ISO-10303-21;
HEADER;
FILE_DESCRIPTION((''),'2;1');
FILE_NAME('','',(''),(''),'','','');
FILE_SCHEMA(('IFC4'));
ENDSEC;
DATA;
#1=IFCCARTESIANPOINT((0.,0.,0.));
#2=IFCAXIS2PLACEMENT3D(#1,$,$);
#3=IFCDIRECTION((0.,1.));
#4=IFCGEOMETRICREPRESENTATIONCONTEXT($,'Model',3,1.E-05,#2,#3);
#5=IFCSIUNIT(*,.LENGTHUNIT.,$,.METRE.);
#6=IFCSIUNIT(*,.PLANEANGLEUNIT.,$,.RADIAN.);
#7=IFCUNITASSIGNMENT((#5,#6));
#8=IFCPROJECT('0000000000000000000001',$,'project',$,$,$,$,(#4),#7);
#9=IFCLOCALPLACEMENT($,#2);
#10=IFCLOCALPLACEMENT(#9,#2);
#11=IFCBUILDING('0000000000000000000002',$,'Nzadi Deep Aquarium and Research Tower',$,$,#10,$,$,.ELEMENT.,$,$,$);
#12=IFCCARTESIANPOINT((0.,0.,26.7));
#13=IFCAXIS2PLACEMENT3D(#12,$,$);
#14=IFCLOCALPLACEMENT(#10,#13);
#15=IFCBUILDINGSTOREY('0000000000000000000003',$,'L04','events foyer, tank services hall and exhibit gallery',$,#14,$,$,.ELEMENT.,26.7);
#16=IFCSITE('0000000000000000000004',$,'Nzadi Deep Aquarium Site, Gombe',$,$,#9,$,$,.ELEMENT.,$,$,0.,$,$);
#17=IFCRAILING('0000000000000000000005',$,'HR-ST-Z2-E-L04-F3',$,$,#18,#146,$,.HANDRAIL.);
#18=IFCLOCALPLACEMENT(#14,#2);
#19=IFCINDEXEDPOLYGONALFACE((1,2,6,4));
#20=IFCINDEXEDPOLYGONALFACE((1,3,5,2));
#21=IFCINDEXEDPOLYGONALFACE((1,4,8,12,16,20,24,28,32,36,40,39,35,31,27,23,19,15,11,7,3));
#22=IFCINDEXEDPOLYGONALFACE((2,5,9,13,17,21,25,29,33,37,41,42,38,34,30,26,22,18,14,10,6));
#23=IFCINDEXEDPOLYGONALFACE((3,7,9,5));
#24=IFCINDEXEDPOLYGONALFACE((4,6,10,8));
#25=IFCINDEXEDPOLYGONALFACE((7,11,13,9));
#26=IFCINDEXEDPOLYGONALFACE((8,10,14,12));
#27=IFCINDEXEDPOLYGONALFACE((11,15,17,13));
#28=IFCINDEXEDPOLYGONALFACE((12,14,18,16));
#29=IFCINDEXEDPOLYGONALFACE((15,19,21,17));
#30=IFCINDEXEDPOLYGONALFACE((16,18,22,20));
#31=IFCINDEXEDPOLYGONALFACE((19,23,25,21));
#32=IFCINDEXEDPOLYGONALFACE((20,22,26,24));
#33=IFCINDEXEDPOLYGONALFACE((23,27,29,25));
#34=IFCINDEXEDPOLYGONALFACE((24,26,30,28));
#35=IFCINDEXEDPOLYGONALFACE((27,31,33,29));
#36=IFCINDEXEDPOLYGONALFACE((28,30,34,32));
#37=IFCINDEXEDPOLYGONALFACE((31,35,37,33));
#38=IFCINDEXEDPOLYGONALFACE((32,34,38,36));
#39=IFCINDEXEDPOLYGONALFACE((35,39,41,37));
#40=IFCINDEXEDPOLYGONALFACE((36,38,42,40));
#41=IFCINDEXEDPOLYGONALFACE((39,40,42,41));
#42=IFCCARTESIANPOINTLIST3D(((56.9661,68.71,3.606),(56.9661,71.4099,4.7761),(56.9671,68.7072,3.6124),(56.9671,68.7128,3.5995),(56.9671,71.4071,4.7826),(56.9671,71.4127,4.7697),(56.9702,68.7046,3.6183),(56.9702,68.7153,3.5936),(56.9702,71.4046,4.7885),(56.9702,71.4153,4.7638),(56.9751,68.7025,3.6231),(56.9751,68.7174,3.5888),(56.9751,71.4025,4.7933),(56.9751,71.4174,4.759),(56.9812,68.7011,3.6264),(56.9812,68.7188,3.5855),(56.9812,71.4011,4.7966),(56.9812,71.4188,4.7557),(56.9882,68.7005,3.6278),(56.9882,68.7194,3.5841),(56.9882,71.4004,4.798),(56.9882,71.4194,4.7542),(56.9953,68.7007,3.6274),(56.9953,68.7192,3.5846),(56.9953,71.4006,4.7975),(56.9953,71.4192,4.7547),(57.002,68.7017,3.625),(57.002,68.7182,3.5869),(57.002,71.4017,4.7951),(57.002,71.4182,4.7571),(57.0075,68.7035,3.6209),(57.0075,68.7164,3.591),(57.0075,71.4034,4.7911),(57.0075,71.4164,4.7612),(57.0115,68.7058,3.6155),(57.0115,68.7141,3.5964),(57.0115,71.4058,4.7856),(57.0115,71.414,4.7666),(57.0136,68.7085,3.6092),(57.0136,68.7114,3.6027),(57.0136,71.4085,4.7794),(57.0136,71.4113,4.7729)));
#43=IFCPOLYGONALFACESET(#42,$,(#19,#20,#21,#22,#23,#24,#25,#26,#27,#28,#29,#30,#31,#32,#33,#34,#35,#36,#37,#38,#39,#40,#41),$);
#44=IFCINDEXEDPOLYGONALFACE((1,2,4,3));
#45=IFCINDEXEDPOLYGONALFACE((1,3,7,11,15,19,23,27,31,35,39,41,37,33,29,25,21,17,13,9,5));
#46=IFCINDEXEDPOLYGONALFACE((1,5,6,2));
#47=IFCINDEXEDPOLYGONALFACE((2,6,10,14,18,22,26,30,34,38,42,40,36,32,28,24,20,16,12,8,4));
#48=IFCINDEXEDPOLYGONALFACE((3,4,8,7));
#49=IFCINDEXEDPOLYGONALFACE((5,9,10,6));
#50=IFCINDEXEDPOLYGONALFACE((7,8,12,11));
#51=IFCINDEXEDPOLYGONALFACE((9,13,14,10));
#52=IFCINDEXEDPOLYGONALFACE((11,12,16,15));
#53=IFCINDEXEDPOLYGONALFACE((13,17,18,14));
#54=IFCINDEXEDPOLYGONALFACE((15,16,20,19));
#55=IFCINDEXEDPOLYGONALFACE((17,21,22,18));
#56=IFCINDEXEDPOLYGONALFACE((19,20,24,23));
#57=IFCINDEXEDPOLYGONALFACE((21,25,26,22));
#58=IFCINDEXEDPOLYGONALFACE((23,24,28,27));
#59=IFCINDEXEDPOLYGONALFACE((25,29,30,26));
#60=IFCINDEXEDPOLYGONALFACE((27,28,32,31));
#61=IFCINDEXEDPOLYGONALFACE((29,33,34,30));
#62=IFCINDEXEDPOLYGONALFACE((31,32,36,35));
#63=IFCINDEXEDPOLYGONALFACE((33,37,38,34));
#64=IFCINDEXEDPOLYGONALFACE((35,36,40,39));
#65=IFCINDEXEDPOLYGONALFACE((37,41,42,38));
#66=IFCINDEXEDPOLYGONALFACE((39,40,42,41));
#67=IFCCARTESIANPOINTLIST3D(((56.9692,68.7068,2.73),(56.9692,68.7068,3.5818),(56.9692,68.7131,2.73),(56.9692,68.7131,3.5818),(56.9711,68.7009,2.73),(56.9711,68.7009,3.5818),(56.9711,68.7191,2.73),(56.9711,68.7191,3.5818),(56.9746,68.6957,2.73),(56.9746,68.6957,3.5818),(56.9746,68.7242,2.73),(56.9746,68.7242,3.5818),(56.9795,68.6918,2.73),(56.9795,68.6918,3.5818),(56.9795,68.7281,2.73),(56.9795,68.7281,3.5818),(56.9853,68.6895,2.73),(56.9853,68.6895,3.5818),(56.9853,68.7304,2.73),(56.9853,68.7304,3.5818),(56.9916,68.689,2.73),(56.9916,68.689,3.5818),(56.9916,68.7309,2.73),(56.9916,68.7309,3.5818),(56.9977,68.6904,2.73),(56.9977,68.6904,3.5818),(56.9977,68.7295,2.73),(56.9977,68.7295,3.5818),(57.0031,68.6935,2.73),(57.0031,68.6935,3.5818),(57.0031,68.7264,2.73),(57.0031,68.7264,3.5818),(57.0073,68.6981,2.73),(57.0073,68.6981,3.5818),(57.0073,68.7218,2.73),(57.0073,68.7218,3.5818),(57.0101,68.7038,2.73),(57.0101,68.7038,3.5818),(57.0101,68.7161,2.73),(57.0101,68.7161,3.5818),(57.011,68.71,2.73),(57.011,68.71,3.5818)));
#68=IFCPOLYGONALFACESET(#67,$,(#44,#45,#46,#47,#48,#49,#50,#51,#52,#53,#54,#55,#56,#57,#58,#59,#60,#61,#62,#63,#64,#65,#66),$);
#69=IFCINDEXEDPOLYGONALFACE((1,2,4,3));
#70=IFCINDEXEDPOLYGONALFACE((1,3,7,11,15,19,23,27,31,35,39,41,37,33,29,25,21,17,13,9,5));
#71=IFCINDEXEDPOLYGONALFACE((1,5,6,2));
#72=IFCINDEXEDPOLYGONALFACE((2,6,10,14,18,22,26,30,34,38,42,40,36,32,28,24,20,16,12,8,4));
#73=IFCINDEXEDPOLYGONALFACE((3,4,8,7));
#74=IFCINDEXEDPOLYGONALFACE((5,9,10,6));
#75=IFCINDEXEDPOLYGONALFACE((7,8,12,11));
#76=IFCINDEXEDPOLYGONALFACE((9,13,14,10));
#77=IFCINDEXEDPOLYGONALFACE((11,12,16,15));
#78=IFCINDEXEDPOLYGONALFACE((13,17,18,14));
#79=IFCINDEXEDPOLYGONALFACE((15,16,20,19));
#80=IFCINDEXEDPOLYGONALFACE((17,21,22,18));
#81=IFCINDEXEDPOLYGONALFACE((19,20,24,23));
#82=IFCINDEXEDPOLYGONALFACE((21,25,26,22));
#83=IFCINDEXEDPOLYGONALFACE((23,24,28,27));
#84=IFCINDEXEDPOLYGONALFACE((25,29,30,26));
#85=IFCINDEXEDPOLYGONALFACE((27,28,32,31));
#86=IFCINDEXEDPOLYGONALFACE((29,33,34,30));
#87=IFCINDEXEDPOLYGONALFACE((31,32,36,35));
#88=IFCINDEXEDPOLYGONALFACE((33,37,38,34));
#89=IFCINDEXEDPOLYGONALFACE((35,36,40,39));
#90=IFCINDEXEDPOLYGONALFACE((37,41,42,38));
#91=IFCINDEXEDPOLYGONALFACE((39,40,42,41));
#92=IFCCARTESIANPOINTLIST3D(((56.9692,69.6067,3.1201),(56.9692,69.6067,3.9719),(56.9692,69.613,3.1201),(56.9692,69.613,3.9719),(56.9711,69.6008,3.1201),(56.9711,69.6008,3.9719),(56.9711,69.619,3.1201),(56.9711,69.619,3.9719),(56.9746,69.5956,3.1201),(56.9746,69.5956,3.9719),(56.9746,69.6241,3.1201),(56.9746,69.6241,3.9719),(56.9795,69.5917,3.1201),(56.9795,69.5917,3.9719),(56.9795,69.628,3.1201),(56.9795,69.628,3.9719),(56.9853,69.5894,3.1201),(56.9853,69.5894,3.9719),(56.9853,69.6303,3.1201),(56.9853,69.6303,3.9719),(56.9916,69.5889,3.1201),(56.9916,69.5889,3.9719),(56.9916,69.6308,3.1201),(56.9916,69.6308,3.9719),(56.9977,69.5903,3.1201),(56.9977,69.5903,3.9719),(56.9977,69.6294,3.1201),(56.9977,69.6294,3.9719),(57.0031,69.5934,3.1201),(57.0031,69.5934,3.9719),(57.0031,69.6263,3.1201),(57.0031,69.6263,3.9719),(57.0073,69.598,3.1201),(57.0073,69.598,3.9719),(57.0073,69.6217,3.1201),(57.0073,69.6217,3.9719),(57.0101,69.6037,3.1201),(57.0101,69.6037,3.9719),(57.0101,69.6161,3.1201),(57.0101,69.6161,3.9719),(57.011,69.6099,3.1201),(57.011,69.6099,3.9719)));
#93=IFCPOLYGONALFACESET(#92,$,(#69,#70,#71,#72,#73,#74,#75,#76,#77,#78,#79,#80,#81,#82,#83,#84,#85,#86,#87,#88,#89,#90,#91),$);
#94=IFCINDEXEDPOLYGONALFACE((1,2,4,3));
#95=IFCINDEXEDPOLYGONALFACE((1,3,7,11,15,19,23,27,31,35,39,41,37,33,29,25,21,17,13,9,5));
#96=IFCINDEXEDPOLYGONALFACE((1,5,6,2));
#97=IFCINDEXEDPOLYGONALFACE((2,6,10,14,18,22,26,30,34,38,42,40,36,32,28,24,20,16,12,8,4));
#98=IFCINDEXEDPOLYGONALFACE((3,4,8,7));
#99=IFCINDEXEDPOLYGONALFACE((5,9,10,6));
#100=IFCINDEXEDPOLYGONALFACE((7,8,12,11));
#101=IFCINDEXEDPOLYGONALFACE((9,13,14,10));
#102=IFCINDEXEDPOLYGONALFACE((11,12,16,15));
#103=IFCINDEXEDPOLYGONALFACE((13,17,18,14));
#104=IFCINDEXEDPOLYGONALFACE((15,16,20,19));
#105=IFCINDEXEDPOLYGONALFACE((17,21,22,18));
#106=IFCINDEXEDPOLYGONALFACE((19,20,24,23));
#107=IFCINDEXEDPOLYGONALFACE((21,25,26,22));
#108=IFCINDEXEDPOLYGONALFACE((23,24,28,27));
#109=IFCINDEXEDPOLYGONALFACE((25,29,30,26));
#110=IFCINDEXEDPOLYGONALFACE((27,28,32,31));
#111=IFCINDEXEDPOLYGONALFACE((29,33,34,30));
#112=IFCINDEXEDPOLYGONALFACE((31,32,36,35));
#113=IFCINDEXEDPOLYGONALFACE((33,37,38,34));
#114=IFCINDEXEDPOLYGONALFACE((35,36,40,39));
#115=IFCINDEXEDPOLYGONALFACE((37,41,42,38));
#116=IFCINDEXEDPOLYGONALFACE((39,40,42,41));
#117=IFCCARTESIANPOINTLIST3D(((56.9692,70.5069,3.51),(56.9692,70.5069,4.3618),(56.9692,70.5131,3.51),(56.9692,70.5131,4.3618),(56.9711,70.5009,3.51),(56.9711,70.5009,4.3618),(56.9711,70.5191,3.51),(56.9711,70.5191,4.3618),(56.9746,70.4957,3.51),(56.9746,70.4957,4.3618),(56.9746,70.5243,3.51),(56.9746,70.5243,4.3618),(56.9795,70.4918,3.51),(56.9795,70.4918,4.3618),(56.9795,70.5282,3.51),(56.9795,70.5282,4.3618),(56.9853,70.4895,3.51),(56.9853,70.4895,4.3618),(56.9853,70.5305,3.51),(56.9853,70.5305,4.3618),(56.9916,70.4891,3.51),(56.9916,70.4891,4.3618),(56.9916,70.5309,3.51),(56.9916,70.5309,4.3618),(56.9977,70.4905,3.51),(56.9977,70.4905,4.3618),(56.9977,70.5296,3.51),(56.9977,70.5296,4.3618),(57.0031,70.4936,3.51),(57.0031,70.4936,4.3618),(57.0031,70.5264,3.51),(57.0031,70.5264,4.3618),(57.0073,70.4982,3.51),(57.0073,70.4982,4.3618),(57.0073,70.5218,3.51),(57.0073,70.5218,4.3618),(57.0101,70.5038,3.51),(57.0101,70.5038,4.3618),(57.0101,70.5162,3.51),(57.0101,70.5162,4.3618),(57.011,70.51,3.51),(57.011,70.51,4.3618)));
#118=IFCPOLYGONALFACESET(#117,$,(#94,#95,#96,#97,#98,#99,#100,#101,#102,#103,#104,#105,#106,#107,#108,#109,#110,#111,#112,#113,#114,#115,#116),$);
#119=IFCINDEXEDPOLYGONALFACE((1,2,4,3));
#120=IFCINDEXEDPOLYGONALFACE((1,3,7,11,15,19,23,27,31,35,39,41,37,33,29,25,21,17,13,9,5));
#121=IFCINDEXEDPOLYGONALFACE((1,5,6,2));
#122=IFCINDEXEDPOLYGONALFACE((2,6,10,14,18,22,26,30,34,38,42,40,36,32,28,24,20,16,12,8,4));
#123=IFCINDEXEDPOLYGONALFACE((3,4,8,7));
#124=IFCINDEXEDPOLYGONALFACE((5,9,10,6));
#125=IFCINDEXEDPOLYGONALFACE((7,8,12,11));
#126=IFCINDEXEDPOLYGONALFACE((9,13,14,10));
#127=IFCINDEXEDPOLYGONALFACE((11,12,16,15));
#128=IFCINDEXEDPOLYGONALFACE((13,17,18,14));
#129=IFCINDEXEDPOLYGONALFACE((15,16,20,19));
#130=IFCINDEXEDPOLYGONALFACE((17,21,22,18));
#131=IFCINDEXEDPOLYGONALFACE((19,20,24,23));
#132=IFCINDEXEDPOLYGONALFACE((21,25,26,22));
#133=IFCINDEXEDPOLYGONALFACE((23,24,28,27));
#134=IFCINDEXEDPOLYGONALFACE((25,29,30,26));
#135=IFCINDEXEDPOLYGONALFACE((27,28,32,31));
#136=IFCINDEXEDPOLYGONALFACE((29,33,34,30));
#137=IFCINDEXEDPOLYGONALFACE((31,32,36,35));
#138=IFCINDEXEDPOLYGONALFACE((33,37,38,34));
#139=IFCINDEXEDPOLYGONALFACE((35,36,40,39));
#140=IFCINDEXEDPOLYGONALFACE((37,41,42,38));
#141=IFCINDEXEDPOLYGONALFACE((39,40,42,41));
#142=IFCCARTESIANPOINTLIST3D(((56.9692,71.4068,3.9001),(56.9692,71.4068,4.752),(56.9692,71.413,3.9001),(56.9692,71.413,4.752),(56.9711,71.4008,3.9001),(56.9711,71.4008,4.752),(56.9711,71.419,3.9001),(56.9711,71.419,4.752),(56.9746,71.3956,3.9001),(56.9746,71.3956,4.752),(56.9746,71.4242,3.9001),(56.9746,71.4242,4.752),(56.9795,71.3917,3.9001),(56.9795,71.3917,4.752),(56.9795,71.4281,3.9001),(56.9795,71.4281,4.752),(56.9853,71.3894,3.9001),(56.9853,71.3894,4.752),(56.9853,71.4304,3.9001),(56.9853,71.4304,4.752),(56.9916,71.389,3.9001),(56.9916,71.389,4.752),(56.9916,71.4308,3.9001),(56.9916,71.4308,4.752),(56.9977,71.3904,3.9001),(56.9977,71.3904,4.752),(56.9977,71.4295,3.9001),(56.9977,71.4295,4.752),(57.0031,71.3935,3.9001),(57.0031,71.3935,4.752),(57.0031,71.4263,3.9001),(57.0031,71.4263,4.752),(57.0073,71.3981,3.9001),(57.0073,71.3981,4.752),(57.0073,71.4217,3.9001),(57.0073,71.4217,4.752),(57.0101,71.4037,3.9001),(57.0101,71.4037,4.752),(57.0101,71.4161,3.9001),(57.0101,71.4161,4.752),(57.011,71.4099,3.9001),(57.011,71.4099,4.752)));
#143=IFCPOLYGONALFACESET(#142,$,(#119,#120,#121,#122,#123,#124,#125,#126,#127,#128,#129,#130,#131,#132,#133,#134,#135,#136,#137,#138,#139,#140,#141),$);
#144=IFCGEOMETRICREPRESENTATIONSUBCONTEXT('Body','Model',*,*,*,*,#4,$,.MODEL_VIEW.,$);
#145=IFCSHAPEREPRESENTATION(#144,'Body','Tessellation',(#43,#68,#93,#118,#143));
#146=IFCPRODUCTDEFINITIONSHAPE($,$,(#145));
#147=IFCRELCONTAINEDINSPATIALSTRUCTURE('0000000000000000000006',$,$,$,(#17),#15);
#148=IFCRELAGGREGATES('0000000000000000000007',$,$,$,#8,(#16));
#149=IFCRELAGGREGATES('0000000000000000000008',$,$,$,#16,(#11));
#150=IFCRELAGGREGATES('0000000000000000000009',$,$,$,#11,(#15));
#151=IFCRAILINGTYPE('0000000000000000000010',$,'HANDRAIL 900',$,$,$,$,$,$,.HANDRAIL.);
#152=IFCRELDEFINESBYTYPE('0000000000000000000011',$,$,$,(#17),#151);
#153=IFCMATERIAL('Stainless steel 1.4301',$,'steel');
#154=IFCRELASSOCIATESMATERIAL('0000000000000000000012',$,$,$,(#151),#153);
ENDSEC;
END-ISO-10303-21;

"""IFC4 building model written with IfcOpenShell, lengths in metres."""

from ifc_helpers import new_model, si_unit, direction, frame, origin, origin_2d, place, context, subcontext, project, spatial, circle, extrude, material, type_object, element, save


model = new_model("IFC4")

# Units and contexts
model_context = context("Model", 3, precision=1e-05, world=origin(), true_north=direction((0.0, 1.0)))
body_context = subcontext(model_context, "Body", "Model", "MODEL_VIEW")
ifc_project = project(units=[si_unit("LENGTHUNIT", "METRE"), si_unit("PLANEANGLEUNIT", "RADIAN")], contexts=[model_context])

# Site, building, storey
site_placement = place(None, origin())
site = spatial("IfcSite", under=ifc_project, at=site_placement, Name="Nzadi Deep Aquarium Site, Gombe", CompositionType="ELEMENT", RefElevation=0.0)
building_placement = place(site_placement, origin())
building = spatial("IfcBuilding", under=site, at=building_placement, Name="Nzadi Deep Aquarium and Research Tower", CompositionType="ELEMENT")
storey_placement = place(building_placement, frame((0.0, 0.0, 26.7)))
storey = spatial("IfcBuildingStorey", under=building, at=storey_placement, Name="L04", Description="events foyer, tank services hall and exhibit gallery", CompositionType="ELEMENT", Elevation=26.7)

# Railing
ifc_material_1 = material(Name="Stainless steel 1.4301", Category="steel")
railing_type_1 = type_object("IfcRailingType", Name="HANDRAIL 900", PredefinedType="HANDRAIL", material=ifc_material_1)
for number, where, name in (
    (1, (56.99, 68.71, 2.73), "HR-ST-Z2-E-L04-F3"),
):
    element("IfcRailing", number, at=place(storey_placement, frame(where)), inside=storey, type_object=railing_type_1, Name=name, PredefinedType="HANDRAIL", context=body_context, shape_type="SweptSolid", body=[
        extrude(circle(Radius=0.0239, at=origin_2d()), frame((0.0, 0.0, 0.876), z_axis=(0.0, 0.917532, 0.397661), x_axis=(-1.0, 0.0, 0.0)), (0.0, 0.0, 1.0), 2.9426),
        extrude(circle(Radius=0.021, at=origin_2d()), origin(), (0.0, 0.0, 1.0), 0.8518),
        extrude(circle(Radius=0.021, at=origin_2d()), frame((0.0, 0.8999, 0.3901)), (0.0, 0.0, 1.0), 0.8518),
        extrude(circle(Radius=0.021, at=origin_2d()), frame((0.0, 1.8, 0.78)), (0.0, 0.0, 1.0), 0.8518),
        extrude(circle(Radius=0.021, at=origin_2d()), frame((0.0, 2.7, 1.1702)), (0.0, 0.0, 1.0), 0.8518),
    ])

save(model, "model.ifc")
